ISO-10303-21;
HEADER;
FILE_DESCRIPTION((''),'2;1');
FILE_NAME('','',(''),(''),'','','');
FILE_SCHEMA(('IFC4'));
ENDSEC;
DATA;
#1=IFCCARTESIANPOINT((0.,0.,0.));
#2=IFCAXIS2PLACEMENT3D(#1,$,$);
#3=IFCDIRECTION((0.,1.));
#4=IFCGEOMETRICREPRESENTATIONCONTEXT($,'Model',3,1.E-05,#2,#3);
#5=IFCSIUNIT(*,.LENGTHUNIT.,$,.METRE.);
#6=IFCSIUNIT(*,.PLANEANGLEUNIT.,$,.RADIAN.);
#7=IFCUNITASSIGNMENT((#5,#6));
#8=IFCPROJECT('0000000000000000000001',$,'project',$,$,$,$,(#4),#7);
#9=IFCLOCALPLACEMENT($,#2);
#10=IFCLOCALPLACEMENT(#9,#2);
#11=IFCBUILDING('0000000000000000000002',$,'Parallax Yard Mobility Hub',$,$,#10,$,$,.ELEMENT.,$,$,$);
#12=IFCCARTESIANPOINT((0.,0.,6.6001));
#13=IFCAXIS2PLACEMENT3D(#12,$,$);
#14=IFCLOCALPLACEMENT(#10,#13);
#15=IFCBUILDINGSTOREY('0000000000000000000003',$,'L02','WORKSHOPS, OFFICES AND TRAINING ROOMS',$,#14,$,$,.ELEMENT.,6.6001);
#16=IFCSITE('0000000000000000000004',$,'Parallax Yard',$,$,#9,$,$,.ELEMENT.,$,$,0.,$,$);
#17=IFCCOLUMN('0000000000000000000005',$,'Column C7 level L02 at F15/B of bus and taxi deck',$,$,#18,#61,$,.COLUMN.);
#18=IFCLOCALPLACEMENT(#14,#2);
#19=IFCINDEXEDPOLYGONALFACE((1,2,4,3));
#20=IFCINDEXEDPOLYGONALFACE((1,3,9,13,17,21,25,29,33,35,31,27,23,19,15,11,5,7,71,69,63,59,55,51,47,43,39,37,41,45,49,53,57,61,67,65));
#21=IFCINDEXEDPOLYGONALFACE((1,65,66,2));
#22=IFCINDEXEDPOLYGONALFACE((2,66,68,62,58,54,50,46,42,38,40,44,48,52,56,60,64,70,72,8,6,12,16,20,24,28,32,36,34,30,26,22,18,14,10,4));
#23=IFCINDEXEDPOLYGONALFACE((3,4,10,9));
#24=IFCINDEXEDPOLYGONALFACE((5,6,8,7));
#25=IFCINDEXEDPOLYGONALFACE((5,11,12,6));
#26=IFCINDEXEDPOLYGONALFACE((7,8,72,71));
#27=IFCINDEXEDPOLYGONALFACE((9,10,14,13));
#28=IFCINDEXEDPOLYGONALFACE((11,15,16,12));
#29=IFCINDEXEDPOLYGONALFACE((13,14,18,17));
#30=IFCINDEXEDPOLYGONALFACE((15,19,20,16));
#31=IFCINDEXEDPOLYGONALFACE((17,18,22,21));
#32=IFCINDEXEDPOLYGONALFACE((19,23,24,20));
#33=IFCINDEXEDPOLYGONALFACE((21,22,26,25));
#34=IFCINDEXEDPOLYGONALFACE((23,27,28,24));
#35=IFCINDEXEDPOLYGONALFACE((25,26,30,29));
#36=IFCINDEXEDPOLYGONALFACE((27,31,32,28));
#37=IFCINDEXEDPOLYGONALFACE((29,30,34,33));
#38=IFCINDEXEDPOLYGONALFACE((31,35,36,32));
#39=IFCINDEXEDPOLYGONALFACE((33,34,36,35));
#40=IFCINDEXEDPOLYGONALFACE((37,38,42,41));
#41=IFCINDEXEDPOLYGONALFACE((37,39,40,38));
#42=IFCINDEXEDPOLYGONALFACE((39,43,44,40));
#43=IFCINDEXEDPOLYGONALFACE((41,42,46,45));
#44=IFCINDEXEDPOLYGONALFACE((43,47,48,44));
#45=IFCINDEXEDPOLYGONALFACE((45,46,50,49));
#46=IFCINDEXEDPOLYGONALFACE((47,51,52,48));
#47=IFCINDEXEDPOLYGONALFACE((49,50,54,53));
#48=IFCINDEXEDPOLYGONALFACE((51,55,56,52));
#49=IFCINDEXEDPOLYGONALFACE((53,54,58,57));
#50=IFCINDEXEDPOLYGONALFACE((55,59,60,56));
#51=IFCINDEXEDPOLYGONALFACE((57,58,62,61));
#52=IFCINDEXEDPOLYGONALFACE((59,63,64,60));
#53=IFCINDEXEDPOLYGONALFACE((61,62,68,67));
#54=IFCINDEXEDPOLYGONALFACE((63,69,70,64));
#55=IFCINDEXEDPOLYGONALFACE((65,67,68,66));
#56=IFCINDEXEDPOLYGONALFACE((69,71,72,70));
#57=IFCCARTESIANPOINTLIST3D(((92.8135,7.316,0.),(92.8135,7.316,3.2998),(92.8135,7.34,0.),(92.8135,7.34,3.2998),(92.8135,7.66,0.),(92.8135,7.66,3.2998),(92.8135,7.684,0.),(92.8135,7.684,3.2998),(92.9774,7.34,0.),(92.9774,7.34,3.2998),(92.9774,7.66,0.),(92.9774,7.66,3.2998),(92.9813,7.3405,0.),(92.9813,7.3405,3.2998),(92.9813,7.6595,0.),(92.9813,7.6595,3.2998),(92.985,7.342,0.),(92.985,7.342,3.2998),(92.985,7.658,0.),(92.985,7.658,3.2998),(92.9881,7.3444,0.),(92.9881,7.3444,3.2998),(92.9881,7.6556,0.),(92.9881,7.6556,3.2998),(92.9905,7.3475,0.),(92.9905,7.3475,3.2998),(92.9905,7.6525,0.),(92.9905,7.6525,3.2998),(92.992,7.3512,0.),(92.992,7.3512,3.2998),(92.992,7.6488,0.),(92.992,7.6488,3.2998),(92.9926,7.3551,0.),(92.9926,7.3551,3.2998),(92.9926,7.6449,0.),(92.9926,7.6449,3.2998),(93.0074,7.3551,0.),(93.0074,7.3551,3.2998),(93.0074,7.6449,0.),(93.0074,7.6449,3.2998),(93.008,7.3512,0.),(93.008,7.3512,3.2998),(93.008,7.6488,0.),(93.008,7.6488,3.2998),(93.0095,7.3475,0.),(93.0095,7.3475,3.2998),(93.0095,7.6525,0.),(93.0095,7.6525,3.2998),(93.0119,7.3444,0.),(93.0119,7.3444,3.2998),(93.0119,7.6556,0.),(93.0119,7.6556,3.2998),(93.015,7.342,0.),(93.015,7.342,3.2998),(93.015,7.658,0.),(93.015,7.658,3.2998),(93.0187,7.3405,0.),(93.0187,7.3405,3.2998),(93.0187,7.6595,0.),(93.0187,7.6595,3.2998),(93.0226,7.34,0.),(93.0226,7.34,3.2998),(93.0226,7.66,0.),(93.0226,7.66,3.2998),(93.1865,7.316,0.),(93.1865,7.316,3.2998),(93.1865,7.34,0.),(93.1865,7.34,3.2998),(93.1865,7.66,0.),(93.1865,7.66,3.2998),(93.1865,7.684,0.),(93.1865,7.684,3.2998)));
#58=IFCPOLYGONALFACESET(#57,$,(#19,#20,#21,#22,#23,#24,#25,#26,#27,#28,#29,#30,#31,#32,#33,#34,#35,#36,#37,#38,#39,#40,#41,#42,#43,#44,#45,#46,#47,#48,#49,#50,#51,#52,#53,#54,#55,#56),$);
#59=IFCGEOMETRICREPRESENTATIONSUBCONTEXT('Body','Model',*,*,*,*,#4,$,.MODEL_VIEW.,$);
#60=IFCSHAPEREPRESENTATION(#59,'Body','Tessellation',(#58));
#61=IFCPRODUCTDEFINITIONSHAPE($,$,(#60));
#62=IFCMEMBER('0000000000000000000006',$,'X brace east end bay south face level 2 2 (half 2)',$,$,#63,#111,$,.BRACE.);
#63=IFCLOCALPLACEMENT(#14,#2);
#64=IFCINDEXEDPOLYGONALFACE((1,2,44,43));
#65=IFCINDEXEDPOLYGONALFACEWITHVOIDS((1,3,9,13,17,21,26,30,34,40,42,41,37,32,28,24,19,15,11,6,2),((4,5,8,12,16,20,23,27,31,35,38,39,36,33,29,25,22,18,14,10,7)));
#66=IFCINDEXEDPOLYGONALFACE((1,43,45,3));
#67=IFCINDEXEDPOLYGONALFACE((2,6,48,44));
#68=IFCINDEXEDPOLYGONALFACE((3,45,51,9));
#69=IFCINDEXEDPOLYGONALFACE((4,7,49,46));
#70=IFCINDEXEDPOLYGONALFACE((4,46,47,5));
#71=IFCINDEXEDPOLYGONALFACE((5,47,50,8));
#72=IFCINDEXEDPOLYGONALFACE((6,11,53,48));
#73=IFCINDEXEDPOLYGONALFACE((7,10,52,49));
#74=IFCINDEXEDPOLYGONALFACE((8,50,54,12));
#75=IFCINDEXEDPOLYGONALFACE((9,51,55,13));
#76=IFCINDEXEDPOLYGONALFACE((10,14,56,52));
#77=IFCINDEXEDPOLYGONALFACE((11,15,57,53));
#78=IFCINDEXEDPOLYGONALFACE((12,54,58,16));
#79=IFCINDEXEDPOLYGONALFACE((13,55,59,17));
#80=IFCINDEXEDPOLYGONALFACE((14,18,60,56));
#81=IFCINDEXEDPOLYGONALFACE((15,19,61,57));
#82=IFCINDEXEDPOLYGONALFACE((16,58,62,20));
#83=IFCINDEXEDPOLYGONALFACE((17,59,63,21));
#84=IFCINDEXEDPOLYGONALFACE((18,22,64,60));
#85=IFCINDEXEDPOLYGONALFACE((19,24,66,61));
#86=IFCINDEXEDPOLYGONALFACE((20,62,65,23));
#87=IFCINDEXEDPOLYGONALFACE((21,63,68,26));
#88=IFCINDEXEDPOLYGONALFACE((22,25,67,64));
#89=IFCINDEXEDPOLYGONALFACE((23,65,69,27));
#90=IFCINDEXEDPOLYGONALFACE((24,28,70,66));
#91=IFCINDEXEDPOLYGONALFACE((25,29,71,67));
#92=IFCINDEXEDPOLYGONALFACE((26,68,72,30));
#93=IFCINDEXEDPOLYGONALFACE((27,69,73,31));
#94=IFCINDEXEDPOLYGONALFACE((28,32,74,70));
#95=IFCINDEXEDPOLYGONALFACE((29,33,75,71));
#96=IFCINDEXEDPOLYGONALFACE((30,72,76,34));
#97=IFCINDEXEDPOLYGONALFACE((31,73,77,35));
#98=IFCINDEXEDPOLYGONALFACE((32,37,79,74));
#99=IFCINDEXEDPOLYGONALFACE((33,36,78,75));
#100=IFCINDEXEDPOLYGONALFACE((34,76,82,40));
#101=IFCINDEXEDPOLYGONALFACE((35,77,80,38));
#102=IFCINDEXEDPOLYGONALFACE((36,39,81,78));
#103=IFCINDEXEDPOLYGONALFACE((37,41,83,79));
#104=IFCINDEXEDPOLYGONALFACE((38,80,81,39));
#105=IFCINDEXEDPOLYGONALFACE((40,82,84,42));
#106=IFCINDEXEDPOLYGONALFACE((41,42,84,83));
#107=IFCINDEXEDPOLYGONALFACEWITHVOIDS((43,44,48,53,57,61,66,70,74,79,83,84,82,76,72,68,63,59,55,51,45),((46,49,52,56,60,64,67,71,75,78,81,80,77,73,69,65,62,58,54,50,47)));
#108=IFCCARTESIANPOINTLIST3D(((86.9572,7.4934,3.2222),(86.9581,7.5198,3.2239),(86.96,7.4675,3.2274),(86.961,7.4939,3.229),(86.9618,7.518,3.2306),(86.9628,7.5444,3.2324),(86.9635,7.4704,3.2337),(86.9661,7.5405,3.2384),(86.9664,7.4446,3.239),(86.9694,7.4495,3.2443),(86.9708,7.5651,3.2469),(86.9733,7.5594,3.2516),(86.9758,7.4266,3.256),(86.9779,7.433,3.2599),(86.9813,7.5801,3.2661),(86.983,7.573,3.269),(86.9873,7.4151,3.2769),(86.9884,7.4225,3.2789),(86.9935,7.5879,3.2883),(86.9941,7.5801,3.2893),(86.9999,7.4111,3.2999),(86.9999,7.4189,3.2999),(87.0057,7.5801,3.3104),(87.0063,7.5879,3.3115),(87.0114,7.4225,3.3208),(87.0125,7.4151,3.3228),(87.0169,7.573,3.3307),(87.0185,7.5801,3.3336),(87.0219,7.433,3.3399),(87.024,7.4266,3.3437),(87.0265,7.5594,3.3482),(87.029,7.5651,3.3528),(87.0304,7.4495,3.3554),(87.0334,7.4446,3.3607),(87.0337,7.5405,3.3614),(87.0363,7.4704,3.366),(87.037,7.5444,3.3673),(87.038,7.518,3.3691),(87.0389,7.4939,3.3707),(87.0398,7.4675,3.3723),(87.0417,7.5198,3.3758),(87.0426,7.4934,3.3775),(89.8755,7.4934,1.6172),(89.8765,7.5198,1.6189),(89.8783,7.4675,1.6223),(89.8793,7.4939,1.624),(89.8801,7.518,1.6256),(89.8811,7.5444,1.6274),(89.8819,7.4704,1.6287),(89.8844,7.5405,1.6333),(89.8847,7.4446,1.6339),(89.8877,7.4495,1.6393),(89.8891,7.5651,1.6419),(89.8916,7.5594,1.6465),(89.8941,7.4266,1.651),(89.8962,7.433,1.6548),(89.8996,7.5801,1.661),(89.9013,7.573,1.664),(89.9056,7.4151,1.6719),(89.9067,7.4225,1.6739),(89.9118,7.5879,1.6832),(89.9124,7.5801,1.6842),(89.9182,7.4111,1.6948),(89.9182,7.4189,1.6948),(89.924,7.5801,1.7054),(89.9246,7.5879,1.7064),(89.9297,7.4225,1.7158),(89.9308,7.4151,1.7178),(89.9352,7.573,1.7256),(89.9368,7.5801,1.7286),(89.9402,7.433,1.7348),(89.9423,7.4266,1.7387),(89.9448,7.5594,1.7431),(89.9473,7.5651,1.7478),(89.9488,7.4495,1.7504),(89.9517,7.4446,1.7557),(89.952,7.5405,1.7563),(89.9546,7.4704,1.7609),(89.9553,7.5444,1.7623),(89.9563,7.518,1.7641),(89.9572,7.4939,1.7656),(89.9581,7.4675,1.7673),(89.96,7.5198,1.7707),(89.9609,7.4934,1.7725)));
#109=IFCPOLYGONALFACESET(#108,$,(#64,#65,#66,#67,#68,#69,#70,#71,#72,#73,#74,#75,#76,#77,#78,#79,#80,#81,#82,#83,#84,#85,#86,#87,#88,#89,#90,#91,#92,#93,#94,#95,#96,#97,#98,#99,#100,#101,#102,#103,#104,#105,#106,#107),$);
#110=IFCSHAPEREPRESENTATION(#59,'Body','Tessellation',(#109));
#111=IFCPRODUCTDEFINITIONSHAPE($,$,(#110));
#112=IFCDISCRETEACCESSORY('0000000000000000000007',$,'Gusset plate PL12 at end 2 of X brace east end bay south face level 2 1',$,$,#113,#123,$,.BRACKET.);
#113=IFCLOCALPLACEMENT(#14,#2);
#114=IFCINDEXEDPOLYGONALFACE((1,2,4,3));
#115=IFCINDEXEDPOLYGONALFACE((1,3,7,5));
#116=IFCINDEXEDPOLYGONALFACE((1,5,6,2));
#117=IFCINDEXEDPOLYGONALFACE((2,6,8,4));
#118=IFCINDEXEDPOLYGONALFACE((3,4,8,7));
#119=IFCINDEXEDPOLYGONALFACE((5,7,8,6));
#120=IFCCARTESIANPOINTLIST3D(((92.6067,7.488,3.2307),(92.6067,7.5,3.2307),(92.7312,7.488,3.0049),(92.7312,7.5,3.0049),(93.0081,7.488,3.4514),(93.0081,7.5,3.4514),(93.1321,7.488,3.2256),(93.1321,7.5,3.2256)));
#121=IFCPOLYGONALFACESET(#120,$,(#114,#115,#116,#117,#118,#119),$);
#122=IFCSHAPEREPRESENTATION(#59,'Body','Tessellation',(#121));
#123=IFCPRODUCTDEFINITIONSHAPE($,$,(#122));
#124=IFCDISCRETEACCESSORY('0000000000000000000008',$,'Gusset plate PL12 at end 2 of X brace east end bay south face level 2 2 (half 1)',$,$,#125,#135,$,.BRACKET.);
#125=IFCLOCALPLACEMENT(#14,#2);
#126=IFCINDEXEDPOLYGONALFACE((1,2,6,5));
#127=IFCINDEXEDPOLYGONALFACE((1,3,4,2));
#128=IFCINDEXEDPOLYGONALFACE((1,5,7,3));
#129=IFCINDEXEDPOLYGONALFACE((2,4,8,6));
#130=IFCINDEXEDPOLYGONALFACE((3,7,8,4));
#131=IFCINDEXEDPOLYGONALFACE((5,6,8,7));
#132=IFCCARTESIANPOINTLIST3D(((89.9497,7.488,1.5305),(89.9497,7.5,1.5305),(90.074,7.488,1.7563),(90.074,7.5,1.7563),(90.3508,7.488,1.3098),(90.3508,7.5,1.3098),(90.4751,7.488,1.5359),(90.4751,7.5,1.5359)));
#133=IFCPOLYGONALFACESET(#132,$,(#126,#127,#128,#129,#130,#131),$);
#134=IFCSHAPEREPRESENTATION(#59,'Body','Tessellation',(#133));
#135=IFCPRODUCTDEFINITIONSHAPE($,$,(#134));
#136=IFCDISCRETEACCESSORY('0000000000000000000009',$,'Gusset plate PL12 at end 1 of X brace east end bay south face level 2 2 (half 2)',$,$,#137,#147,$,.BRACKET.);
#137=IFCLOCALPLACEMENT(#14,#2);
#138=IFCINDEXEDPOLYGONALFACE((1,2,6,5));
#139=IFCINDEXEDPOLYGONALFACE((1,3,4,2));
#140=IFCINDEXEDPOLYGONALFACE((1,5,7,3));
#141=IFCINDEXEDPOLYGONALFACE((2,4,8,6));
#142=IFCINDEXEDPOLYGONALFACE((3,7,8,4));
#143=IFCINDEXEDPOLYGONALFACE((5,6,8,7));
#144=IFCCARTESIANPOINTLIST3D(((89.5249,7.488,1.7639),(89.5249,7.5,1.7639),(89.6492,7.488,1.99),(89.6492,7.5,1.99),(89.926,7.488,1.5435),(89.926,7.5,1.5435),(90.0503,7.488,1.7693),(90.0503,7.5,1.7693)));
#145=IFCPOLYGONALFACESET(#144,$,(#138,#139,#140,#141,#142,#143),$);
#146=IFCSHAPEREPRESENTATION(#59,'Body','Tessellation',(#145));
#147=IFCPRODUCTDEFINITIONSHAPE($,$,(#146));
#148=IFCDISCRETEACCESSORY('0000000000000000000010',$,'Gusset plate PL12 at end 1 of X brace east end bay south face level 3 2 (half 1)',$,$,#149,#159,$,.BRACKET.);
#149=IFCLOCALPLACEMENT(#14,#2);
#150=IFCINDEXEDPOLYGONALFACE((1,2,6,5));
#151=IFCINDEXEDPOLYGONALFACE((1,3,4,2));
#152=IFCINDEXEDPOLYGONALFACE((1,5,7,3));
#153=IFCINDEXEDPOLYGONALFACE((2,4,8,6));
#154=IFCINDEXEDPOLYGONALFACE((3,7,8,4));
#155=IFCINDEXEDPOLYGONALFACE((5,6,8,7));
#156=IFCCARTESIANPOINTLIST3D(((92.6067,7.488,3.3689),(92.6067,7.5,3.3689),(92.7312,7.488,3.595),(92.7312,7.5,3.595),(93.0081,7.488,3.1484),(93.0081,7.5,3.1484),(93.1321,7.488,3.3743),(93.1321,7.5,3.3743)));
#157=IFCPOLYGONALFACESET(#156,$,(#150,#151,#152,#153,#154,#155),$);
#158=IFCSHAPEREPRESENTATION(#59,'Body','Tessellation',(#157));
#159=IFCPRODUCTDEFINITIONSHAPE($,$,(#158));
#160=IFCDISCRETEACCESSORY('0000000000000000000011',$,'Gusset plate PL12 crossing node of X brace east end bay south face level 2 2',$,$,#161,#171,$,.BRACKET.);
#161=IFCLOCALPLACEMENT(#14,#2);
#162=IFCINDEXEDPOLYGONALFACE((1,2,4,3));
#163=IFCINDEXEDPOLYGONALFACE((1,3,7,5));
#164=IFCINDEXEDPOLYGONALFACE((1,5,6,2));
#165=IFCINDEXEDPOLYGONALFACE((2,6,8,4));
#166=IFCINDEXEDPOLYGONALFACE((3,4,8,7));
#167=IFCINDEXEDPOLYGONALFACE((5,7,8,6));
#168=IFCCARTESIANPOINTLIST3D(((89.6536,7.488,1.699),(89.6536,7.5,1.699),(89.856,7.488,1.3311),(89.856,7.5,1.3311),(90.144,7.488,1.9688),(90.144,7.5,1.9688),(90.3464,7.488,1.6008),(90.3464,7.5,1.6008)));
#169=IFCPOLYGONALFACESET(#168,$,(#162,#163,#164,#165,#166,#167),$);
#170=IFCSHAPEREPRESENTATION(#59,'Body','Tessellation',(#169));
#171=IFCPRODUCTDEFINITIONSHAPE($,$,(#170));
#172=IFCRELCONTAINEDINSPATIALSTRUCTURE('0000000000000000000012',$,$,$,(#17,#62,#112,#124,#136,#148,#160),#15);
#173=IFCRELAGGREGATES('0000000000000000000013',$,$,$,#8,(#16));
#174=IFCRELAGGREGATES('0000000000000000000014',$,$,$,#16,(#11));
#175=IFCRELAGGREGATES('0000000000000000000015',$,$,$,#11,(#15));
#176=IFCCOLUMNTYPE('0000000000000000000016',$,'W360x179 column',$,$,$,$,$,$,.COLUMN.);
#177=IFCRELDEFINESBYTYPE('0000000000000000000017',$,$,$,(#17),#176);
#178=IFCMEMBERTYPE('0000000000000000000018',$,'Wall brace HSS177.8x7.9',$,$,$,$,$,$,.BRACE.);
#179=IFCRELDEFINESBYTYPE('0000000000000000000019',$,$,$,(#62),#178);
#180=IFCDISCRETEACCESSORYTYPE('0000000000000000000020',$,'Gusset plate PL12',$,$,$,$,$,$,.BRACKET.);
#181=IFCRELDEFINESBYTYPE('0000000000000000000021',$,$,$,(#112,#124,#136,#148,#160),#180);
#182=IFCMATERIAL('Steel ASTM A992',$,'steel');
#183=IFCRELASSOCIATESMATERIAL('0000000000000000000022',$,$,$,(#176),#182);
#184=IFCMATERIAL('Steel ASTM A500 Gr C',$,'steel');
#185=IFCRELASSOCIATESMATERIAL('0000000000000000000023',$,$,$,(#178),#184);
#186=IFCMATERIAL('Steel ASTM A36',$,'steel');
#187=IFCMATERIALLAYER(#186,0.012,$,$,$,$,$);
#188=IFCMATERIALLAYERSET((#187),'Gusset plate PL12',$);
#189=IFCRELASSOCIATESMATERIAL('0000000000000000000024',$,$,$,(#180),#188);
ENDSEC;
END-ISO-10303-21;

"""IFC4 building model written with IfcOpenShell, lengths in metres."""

from ifc_helpers import new_model, si_unit, direction, frame, origin, origin_2d, place, context, subcontext, project, spatial, polyline, hollow_circle, i_section, outline, extrude, material, layer, layer_set, material_profile, profile_set, type_object, element, save


model = new_model("IFC4")

# Units and contexts
model_context = context("Model", 3, precision=1e-05, world=origin(), true_north=direction((0.0, 1.0)))
body_context = subcontext(model_context, "Body", "Model", "MODEL_VIEW")
ifc_project = project(units=[si_unit("LENGTHUNIT", "METRE"), si_unit("PLANEANGLEUNIT", "RADIAN")], contexts=[model_context])

# Site, building, storey
site_placement = place(None, origin())
site = spatial("IfcSite", under=ifc_project, at=site_placement, Name="Parallax Yard", CompositionType="ELEMENT", RefElevation=0.0)
building_placement = place(site_placement, origin())
building = spatial("IfcBuilding", under=site, at=building_placement, Name="Parallax Yard Mobility Hub", CompositionType="ELEMENT")
storey_placement = place(building_placement, frame((0.0, 0.0, 6.6001)))
storey = spatial("IfcBuildingStorey", under=building, at=storey_placement, Name="L02", Description="WORKSHOPS, OFFICES AND TRAINING ROOMS", CompositionType="ELEMENT", Elevation=6.6001)

# Column
ifc_material_1 = material(Name="Steel ASTM A992", Category="steel")
ifc_material_profile_1 = material_profile(ifc_material_1, i_section(OverallWidth=0.373, OverallDepth=0.3679, WebThickness=0.0149, FlangeThickness=0.0239, FilletRadius=0.0151, at=origin_2d()), Name="W360x179")
ifc_profile_set_1 = profile_set([ifc_material_profile_1], Name="Steel ASTM A992")
column_type = type_object("IfcColumnType", Name="W360x179 column", PredefinedType="COLUMN", material=ifc_profile_set_1)
column_placement = place(storey_placement, frame((93.0, 7.5, 0.0), z_axis=(0.0, 0.0, 1.0), x_axis=(1.0, 0.0, 0.0)))
element("IfcColumn", 1, at=column_placement, inside=storey, type_object=column_type, Name="Column C7 level L02 at F15/B of bus and taxi deck", PredefinedType="COLUMN", context=body_context, shape_type="SweptSolid", body=[
    extrude(i_section(OverallWidth=0.373, OverallDepth=0.3679, WebThickness=0.0149, FlangeThickness=0.0239, FilletRadius=0.0151, at=origin_2d()), origin(), (0.0, 0.0, 1.0), 3.2998),
])

# Member
ifc_material_2 = material(Name="Steel ASTM A500 Gr C", Category="steel")
ifc_material_profile_2 = material_profile(ifc_material_2, hollow_circle(Radius=0.0889, WallThickness=0.0078, at=origin_2d()), Name="HSS177.8x7.9")
ifc_profile_set_2 = profile_set([ifc_material_profile_2], Name="Steel ASTM A500 Gr C")
member_type = type_object("IfcMemberType", Name="Wall brace HSS177.8x7.9", PredefinedType="BRACE", material=ifc_profile_set_2)
member_placement = place(storey_placement, frame((89.9182, 7.5, 1.6948), z_axis=(-0.876221, 0.0, 0.48191), x_axis=(0.0, -1.0, 0.0)))
element("IfcMember", 2, at=member_placement, inside=storey, type_object=member_type, Name="X brace east end bay south face level 2 2 (half 2)", PredefinedType="BRACE", context=body_context, shape_type="SweptSolid", body=[
    extrude(hollow_circle(Radius=0.0889, WallThickness=0.0078, at=origin_2d()), origin(), (0.0, 0.0, 1.0), 3.3306),
])

# Discrete accessories
ifc_material_3 = material(Name="Steel ASTM A36", Category="steel")
ifc_layer = layer(ifc_material_3, 0.012)
ifc_layer_set = layer_set([ifc_layer], Name="Gusset plate PL12")
discrete_accessory_type = type_object("IfcDiscreteAccessoryType", Name="Gusset plate PL12", PredefinedType="BRACKET", material=ifc_layer_set)
discrete_accessory_1_placement = place(storey_placement, frame((92.6067, 7.5, 3.2307), z_axis=(0.0, 1.0, 0.0), x_axis=(0.876261, 0.0, 0.481837)))
element("IfcDiscreteAccessory", 3, at=discrete_accessory_1_placement, inside=storey, type_object=discrete_accessory_type, Name="Gusset plate PL12 at end 2 of X brace east end bay south face level 2 1", PredefinedType="BRACKET", context=body_context, shape_type="SweptSolid", body=[
    extrude(outline(polyline([(0.0, 0.0), (0.458, 0.0), (0.4579, 0.2576), (0.0003, 0.2579), (0.0, 0.0)])), origin(), (0.0, 0.0, -1.0), 0.012),
])
for number, where, z_axis, x_axis, name in (
    (4, (90.3508, 7.5, 1.3098), (0.0, 1.0, 0.0), (-0.876137, 0.0, 0.482062), "Gusset plate PL12 at end 2 of X brace east end bay south face level 2 2 (half 1)"),
    (5, (89.6492, 7.5, 1.99), (0.0, 1.0, 0.0), (0.876137, 0.0, -0.482062), "Gusset plate PL12 at end 1 of X brace east end bay south face level 2 2 (half 2)"),
):
    element("IfcDiscreteAccessory", number, at=place(storey_placement, frame(where, z_axis=z_axis, x_axis=x_axis)), inside=storey, type_object=discrete_accessory_type, Name=name, PredefinedType="BRACKET", context=body_context, shape_type="SweptSolid", body=[
        extrude(outline(polyline([(0.0, 0.0), (0.4578, 0.0), (0.4578, 0.2578), (0.0001, 0.258), (0.0, 0.0)])), origin(), (0.0, 0.0, -1.0), 0.012),
    ])
discrete_accessory_2_placement = place(storey_placement, frame((92.7312, 7.5, 3.595), z_axis=(0.0, 1.0, 0.0), x_axis=(0.876013, 0.0, -0.482287)))
element("IfcDiscreteAccessory", 6, at=discrete_accessory_2_placement, inside=storey, type_object=discrete_accessory_type, Name="Gusset plate PL12 at end 1 of X brace east end bay south face level 3 2 (half 1)", PredefinedType="BRACKET", context=body_context, shape_type="SweptSolid", body=[
    extrude(outline(polyline([(0.0, 0.0), (0.4576, 0.0), (0.4579, 0.2576), (0.0, 0.2581), (0.0, 0.0)])), origin(), (0.0, 0.0, -1.0), 0.012),
])
discrete_accessory_3_placement = place(storey_placement, frame((89.6536, 7.5, 1.699), z_axis=(0.0, 1.0, 0.0), x_axis=(0.876207, 0.0, 0.481935)))
element("IfcDiscreteAccessory", 7, at=discrete_accessory_3_placement, inside=storey, type_object=discrete_accessory_type, Name="Gusset plate PL12 crossing node of X brace east end bay south face level 2 2", PredefinedType="BRACKET", context=body_context, shape_type="SweptSolid", body=[
    extrude(outline(polyline([(0.0, 0.0), (0.5598, 0.0), (0.5598, 0.4199), (0.0, 0.4199), (0.0, 0.0)])), origin(), (0.0, 0.0, -1.0), 0.012),
])

save(model, "model.ifc")
